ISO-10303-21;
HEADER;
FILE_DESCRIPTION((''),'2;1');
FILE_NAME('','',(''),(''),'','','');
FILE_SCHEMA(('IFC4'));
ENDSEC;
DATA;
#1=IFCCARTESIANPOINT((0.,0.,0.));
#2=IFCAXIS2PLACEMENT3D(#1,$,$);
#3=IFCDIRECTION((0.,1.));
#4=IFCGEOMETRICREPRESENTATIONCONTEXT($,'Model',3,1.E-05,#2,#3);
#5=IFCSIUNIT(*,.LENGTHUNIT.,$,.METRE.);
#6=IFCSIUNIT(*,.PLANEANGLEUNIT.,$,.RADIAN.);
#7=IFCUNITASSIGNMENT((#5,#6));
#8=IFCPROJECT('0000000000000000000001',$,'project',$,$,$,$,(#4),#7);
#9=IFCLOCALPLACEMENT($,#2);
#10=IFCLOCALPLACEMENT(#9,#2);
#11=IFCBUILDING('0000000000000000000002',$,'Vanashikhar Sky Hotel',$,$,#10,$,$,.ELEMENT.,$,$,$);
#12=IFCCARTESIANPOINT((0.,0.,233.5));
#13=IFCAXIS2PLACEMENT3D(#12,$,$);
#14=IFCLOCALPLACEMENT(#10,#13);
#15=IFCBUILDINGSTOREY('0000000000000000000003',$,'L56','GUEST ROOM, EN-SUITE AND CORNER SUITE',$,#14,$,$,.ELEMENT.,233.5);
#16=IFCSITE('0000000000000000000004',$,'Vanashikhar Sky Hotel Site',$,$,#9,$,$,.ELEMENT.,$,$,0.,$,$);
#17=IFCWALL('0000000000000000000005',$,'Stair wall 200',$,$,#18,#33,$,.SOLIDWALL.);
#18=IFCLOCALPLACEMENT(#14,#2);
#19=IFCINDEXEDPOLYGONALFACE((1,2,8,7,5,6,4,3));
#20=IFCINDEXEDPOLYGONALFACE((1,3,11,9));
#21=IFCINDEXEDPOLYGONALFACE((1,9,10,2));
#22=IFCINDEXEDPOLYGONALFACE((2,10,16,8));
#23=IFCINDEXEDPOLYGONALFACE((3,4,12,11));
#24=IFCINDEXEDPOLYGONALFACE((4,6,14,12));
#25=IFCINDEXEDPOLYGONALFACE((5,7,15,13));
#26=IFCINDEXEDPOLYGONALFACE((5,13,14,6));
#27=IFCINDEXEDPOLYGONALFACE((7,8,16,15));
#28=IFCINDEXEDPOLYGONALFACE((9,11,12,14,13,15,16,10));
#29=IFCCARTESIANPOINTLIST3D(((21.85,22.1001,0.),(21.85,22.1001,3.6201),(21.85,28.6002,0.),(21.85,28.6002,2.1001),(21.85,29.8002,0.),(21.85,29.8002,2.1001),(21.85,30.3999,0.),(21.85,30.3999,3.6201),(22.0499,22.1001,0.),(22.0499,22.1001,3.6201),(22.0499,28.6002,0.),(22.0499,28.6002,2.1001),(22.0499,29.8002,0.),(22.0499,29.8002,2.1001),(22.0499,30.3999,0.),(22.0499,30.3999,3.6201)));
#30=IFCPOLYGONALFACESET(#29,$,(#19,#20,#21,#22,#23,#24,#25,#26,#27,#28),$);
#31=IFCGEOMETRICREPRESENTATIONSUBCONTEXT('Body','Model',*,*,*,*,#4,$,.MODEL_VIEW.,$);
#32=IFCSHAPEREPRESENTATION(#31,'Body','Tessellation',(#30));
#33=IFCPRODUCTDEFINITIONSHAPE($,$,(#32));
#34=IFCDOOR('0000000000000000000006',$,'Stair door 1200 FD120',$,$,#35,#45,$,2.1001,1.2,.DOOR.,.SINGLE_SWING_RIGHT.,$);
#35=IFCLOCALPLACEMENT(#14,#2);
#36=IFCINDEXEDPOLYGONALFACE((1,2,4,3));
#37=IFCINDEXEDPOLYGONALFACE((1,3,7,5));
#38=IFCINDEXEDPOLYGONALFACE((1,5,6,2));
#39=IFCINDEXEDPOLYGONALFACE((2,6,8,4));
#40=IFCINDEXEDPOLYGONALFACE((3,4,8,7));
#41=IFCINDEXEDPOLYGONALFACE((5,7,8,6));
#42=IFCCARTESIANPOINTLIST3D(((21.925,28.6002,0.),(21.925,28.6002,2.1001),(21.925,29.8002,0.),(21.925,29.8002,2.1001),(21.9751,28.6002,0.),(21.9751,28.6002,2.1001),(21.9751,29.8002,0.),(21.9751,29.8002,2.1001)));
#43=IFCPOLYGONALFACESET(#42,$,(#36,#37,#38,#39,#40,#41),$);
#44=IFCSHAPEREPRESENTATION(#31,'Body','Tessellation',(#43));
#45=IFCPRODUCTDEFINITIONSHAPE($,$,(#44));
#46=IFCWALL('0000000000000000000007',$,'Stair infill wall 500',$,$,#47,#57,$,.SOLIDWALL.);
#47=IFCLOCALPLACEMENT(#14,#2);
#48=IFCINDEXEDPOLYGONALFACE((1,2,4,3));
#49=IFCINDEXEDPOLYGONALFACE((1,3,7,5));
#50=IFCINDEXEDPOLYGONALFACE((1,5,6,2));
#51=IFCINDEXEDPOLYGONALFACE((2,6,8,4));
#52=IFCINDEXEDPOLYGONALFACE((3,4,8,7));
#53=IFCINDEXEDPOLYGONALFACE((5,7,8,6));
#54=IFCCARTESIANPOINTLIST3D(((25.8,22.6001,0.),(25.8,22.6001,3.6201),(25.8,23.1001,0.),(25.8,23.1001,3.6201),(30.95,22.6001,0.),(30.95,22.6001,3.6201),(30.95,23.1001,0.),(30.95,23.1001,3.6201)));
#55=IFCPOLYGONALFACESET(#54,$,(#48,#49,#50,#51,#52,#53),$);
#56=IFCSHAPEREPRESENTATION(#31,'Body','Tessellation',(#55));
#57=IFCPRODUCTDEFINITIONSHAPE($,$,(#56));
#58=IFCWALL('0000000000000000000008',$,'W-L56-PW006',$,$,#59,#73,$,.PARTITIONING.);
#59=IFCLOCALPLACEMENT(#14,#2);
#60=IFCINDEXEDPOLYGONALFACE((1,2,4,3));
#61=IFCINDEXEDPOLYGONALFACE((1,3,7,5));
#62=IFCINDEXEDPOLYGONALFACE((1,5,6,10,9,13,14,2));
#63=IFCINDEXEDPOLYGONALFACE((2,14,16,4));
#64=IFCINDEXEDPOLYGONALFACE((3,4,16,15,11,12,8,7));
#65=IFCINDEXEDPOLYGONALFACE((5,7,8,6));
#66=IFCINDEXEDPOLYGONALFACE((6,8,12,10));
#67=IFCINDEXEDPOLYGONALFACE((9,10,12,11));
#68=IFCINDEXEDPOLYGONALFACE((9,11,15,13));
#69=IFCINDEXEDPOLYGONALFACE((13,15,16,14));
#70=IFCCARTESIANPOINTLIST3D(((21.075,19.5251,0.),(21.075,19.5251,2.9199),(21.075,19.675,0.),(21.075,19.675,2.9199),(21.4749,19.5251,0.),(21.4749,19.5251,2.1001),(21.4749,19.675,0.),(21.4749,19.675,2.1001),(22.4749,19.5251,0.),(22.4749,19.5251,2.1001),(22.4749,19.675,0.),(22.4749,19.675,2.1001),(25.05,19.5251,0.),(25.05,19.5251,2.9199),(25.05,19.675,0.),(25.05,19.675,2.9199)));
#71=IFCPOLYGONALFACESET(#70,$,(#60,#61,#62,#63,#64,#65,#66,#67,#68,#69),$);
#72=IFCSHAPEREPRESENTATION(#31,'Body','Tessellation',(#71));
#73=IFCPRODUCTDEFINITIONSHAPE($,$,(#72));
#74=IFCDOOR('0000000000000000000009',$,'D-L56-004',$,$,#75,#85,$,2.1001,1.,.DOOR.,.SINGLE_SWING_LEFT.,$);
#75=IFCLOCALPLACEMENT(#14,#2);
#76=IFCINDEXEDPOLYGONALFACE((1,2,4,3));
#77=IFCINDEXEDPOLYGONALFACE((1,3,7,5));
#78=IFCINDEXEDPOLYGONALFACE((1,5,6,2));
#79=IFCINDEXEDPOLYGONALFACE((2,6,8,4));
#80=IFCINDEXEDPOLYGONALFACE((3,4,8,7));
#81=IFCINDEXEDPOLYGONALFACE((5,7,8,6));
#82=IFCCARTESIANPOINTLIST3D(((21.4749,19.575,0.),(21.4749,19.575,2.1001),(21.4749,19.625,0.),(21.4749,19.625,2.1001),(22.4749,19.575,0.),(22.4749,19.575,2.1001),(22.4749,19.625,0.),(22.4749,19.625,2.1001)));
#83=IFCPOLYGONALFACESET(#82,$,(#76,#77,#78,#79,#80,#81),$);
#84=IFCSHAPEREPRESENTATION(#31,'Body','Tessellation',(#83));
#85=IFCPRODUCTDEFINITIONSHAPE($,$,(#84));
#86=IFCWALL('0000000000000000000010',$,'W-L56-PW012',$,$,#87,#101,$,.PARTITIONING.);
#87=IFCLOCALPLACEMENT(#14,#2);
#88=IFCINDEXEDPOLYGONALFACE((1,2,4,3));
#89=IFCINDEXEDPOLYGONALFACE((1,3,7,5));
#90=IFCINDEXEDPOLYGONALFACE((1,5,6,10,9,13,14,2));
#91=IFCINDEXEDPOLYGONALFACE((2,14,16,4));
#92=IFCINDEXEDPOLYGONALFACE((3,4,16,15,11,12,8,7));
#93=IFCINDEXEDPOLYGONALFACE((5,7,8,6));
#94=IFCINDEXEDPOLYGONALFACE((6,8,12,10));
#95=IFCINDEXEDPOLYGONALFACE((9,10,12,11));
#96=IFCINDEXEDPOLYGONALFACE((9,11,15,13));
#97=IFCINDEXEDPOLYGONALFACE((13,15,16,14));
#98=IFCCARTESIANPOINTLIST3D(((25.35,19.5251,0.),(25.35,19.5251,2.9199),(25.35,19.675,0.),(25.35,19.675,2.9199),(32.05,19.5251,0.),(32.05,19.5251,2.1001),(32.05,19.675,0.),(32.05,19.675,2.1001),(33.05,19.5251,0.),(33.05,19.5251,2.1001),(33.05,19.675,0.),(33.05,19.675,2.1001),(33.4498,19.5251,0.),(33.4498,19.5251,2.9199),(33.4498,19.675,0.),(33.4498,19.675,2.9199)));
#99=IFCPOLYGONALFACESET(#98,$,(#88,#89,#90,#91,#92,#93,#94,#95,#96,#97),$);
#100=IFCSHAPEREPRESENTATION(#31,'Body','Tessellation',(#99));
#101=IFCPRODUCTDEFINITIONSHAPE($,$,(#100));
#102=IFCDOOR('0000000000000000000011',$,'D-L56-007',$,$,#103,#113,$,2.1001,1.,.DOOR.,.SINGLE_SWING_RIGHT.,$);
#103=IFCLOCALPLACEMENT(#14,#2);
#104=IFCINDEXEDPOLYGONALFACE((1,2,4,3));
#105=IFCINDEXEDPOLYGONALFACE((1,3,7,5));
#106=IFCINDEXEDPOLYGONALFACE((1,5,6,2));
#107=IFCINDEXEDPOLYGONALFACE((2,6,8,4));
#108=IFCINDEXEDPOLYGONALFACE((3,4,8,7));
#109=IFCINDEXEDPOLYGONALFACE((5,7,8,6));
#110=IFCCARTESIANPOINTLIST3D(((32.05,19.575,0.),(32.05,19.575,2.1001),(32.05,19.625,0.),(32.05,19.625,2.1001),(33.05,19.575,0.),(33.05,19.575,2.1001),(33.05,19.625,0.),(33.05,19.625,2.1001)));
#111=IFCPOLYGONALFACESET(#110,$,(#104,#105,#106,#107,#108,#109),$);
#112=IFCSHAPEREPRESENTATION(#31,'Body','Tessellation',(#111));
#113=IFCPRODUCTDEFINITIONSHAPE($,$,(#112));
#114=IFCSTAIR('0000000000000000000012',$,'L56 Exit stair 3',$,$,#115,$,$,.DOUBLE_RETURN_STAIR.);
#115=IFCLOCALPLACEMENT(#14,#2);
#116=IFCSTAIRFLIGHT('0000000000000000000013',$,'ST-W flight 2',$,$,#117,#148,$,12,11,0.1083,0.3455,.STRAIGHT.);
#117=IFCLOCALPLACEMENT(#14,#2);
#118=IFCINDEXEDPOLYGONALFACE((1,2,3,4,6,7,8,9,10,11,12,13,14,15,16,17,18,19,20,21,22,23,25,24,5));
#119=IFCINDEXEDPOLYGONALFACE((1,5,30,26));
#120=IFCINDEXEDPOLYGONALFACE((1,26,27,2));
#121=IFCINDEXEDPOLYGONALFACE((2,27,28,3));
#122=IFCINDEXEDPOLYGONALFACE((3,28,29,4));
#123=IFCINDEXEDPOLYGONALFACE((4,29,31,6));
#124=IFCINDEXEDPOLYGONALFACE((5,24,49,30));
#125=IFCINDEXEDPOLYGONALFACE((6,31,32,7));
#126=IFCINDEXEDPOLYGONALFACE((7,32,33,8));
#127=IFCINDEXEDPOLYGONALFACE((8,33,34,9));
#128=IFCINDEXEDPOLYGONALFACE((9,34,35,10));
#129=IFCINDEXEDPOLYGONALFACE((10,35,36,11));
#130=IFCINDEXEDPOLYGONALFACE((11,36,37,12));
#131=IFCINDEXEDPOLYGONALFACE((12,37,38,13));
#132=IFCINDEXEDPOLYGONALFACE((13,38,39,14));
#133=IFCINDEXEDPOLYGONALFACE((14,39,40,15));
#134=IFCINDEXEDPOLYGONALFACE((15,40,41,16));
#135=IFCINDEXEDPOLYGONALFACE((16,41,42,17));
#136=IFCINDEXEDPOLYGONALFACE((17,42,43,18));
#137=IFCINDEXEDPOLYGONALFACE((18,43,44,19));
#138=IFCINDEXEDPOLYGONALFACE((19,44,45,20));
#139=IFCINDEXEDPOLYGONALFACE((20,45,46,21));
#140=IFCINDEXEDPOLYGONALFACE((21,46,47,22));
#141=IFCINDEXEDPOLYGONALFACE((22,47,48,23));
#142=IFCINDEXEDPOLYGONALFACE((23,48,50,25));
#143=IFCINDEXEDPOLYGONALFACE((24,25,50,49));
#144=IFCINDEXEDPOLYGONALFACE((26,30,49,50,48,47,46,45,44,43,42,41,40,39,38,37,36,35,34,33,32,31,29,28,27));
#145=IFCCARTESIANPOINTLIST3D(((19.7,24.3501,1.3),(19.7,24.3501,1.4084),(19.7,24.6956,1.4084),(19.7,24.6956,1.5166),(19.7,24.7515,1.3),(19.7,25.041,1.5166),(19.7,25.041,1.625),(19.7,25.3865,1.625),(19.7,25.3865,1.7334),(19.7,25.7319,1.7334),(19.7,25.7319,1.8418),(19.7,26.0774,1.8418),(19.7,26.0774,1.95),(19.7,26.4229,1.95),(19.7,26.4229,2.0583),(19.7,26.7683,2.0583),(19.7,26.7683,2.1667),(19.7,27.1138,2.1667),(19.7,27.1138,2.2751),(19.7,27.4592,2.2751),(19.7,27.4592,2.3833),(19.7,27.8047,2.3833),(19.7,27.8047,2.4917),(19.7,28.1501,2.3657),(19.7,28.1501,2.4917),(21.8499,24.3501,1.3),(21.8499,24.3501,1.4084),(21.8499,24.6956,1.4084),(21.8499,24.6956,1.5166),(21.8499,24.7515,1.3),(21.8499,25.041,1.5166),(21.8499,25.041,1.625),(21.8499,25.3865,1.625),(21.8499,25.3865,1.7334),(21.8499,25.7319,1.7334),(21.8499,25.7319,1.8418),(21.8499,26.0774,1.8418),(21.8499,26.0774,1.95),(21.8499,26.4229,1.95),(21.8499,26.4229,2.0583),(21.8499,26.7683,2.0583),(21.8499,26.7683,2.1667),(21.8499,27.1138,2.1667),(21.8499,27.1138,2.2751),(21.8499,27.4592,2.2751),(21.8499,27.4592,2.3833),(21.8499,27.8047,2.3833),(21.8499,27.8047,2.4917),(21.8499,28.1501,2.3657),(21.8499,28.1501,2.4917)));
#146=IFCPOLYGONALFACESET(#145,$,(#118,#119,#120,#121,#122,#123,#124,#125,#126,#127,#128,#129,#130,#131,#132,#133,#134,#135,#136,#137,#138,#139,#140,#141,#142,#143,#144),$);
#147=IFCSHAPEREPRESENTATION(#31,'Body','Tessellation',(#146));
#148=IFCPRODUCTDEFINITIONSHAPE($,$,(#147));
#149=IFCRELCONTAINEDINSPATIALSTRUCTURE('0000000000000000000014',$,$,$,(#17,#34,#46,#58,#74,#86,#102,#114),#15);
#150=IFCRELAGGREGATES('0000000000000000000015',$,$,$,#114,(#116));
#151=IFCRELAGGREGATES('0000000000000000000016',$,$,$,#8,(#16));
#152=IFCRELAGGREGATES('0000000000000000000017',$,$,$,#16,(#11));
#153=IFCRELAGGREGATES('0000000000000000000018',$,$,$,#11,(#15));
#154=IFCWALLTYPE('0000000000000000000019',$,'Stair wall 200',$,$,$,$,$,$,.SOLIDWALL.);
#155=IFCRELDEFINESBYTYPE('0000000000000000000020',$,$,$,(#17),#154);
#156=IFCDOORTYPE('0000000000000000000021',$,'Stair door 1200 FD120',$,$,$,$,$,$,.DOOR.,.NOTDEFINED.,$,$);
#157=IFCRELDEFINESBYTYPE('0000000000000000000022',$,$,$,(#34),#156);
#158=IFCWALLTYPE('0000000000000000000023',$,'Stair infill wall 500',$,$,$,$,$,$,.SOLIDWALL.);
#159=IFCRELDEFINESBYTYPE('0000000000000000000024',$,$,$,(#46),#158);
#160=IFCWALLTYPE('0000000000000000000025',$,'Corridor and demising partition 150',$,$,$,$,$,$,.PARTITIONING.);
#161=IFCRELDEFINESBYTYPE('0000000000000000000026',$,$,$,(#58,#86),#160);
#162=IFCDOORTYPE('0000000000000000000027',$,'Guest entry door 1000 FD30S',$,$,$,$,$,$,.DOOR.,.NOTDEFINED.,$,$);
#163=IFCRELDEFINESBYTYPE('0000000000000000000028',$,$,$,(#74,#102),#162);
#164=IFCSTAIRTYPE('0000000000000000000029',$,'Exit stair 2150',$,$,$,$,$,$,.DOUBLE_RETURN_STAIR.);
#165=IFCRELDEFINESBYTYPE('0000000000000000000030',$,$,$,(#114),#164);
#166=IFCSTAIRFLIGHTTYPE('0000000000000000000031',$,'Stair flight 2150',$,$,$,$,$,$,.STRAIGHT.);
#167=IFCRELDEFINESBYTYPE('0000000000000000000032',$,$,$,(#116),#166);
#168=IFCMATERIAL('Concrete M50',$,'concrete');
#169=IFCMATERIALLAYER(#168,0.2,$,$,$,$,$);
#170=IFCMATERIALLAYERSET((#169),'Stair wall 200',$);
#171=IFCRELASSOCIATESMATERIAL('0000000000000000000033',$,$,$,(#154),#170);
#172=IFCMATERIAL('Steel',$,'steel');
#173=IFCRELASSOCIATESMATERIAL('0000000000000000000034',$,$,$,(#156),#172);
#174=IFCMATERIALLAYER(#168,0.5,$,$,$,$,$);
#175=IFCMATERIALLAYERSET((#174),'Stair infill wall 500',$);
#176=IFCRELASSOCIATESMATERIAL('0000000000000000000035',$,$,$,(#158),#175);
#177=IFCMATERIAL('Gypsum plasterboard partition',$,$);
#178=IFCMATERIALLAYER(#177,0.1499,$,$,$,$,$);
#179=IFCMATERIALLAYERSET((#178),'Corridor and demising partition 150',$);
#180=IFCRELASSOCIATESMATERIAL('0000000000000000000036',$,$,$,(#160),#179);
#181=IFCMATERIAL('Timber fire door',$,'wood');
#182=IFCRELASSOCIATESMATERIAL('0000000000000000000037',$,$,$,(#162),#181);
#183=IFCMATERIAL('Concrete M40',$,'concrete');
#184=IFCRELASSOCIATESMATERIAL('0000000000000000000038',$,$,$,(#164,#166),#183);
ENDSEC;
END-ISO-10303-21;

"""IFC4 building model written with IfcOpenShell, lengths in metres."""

from ifc_helpers import new_model, si_unit, direction, frame, frame_2d, origin, place, context, subcontext, project, spatial, polyline, rectangle, outline, extrude, source, transform, mapped, material, layer, layer_set, type_object, element, fill, aggregate, save


model = new_model("IFC4")

# Units and contexts
model_context = context("Model", 3, precision=1e-05, world=origin(), true_north=direction((0.0, 1.0)))
body_context = subcontext(model_context, "Body", "Model", "MODEL_VIEW")
ifc_project = project(units=[si_unit("LENGTHUNIT", "METRE"), si_unit("PLANEANGLEUNIT", "RADIAN")], contexts=[model_context])

# Site, building, storey
site_placement = place(None, origin())
site = spatial("IfcSite", under=ifc_project, at=site_placement, Name="Vanashikhar Sky Hotel Site", CompositionType="ELEMENT", RefElevation=0.0)
building_placement = place(site_placement, origin())
building = spatial("IfcBuilding", under=site, at=building_placement, Name="Vanashikhar Sky Hotel", CompositionType="ELEMENT")
storey_placement = place(building_placement, frame((0.0, 0.0, 233.5)))
storey = spatial("IfcBuildingStorey", under=building, at=storey_placement, Name="L56", Description="GUEST ROOM, EN-SUITE AND CORNER SUITE", CompositionType="ELEMENT", Elevation=233.5)

# Shared definitions
ifc_material_1 = material(Name="Steel", Category="steel")

# Wall, opening, door
ifc_material_2 = material(Name="Concrete M50", Category="concrete")
ifc_layer_1 = layer(ifc_material_2, 0.2)
ifc_layer_set_1 = layer_set([ifc_layer_1], Name="Stair wall 200")
wall_type_1 = type_object("IfcWallType", Name="Stair wall 200", PredefinedType="SOLIDWALL", material=ifc_layer_set_1)
shared_shape_1 = source(origin(), body_context, "Body", "SweptSolid", [
    extrude(rectangle(XDim=8.2998, YDim=0.2, at=frame_2d((4.1499, 0.0))), origin(), (0.0, 0.0, 1.0), 3.6201),
])
wall_1_placement = place(storey_placement, frame((21.95, 22.1001, 0.0), z_axis=(0.0, 0.0, 1.0), x_axis=(0.0, 1.0, 0.0)))
wall_1 = element("IfcWall", 1, at=wall_1_placement, inside=storey, type_object=wall_type_1, Name="Stair wall 200", PredefinedType="SOLIDWALL", context=body_context, shape_type="MappedRepresentation", body=[
    mapped(shared_shape_1, transform((0.0, 0.0, 0.0), scale=1.0)),
])
shared_shape_2 = source(origin(), body_context, "Body", "SweptSolid", [
    extrude(rectangle(XDim=1.2, YDim=2.1001, at=frame_2d((0.6001, 1.05))), frame((0.0, 0.1099, 0.0), z_axis=(0.0, -1.0, 0.0), x_axis=(1.0, 0.0, 0.0)), (0.0, 0.0, 1.0), 0.22),
])
opening_1_placement = place(wall_1_placement, frame((6.5, 0.0, 0.0)))
opening_1 = element("IfcOpeningElement", 2, at=opening_1_placement, cuts=wall_1, PredefinedType="OPENING", context=body_context, shape_type="MappedRepresentation", body=[
    mapped(shared_shape_2, transform((0.0, 0.0, 0.0), scale=1.0)),
])
door_type_1 = type_object("IfcDoorType", Name="Stair door 1200 FD120", OperationType="NOTDEFINED", PredefinedType="DOOR", material=ifc_material_1)
shared_shape_3 = source(origin(), body_context, "Body", "SweptSolid", [
    extrude(rectangle(XDim=1.2, YDim=2.1001, at=frame_2d((0.6001, 1.05))), frame((0.0, 0.0249, 0.0), z_axis=(0.0, -1.0, 0.0), x_axis=(1.0, 0.0, 0.0)), (0.0, 0.0, 1.0), 0.05),
])
door_1_placement = place(opening_1_placement, origin())
door_1 = element("IfcDoor", 3, at=door_1_placement, inside=storey, type_object=door_type_1, Name="Stair door 1200 FD120", OperationType="SINGLE_SWING_RIGHT", OverallHeight=2.1001, OverallWidth=1.2, PredefinedType="DOOR", context=body_context, shape_type="MappedRepresentation", body=[
    mapped(shared_shape_3, transform((0.0, 0.0, 0.0), scale=1.0)),
])
fill(opening_1, door_1)

# Wall
ifc_layer_2 = layer(ifc_material_2, 0.5)
ifc_layer_set_2 = layer_set([ifc_layer_2], Name="Stair infill wall 500")
wall_type_2 = type_object("IfcWallType", Name="Stair infill wall 500", PredefinedType="SOLIDWALL", material=ifc_layer_set_2)
shared_shape_4 = source(origin(), body_context, "Body", "SweptSolid", [
    extrude(rectangle(XDim=5.1499, YDim=0.5, at=frame_2d((2.575, 0.0))), origin(), (0.0, 0.0, 1.0), 3.6201),
])
wall_2_placement = place(storey_placement, frame((25.8, 22.8501, 0.0), z_axis=(0.0, 0.0, 1.0), x_axis=(1.0, 0.0, 0.0)))
element("IfcWall", 4, at=wall_2_placement, inside=storey, type_object=wall_type_2, Name="Stair infill wall 500", PredefinedType="SOLIDWALL", context=body_context, shape_type="MappedRepresentation", body=[
    mapped(shared_shape_4, transform((0.0, 0.0, 0.0), scale=1.0)),
])

# Walls, openings, doors
ifc_material_3 = material(Name="Gypsum plasterboard partition")
ifc_layer_3 = layer(ifc_material_3, 0.1499)
ifc_layer_set_3 = layer_set([ifc_layer_3], Name="Corridor and demising partition 150")
wall_type_3 = type_object("IfcWallType", Name="Corridor and demising partition 150", PredefinedType="PARTITIONING", material=ifc_layer_set_3)
shared_shape_5 = source(origin(), body_context, "Body", "SweptSolid", [
    extrude(rectangle(XDim=3.9751, YDim=0.1499, at=frame_2d((1.9875, 0.0))), origin(), (0.0, 0.0, 1.0), 2.9199),
])
wall_3_placement = place(storey_placement, frame((21.075, 19.6001, 0.0), z_axis=(0.0, 0.0, 1.0), x_axis=(1.0, 0.0, 0.0)))
wall_3 = element("IfcWall", 5, at=wall_3_placement, inside=storey, type_object=wall_type_3, Name="W-L56-PW006", PredefinedType="PARTITIONING", context=body_context, shape_type="MappedRepresentation", body=[
    mapped(shared_shape_5, transform((0.0, 0.0, 0.0), scale=1.0)),
])
shared_shape_6 = source(origin(), body_context, "Body", "SweptSolid", [
    extrude(rectangle(XDim=1.0, YDim=2.1001, at=frame_2d((0.5, 1.05))), frame((0.0, 0.085, 0.0), z_axis=(0.0, -1.0, 0.0), x_axis=(1.0, 0.0, 0.0)), (0.0, 0.0, 1.0), 0.1699),
])
opening_2_placement = place(wall_3_placement, frame((0.3999, 0.0, 0.0)))
opening_2 = element("IfcOpeningElement", 6, at=opening_2_placement, cuts=wall_3, PredefinedType="OPENING", context=body_context, shape_type="MappedRepresentation", body=[
    mapped(shared_shape_6, transform((0.0, 0.0, 0.0), scale=1.0)),
])
ifc_material_4 = material(Name="Timber fire door", Category="wood")
door_type_2 = type_object("IfcDoorType", Name="Guest entry door 1000 FD30S", OperationType="NOTDEFINED", PredefinedType="DOOR", material=ifc_material_4)
shared_shape_7 = source(origin(), body_context, "Body", "SweptSolid", [
    extrude(rectangle(XDim=1.0, YDim=2.1001, at=frame_2d((0.5, 1.05))), frame((0.0, 0.0249, 0.0), z_axis=(0.0, -1.0, 0.0), x_axis=(1.0, 0.0, 0.0)), (0.0, 0.0, 1.0), 0.05),
])
door_2_placement = place(opening_2_placement, origin())
door_2 = element("IfcDoor", 7, at=door_2_placement, inside=storey, type_object=door_type_2, Name="D-L56-004", OperationType="SINGLE_SWING_LEFT", OverallHeight=2.1001, OverallWidth=1.0, PredefinedType="DOOR", context=body_context, shape_type="MappedRepresentation", body=[
    mapped(shared_shape_7, transform((0.0, 0.0, 0.0), scale=1.0)),
])
fill(opening_2, door_2)
shared_shape_8 = source(origin(), body_context, "Body", "SweptSolid", [
    extrude(rectangle(XDim=8.0999, YDim=0.1499, at=frame_2d((4.0498, 0.0))), origin(), (0.0, 0.0, 1.0), 2.9199),
])
wall_4_placement = place(storey_placement, frame((25.3501, 19.6001, 0.0), z_axis=(0.0, 0.0, 1.0), x_axis=(1.0, 0.0, 0.0)))
wall_4 = element("IfcWall", 8, at=wall_4_placement, inside=storey, type_object=wall_type_3, Name="W-L56-PW012", PredefinedType="PARTITIONING", context=body_context, shape_type="MappedRepresentation", body=[
    mapped(shared_shape_8, transform((0.0, 0.0, 0.0), scale=1.0)),
])
opening_3_placement = place(wall_4_placement, frame((6.7, 0.0, 0.0)))
opening_3 = element("IfcOpeningElement", 9, at=opening_3_placement, cuts=wall_4, PredefinedType="OPENING", context=body_context, shape_type="MappedRepresentation", body=[
    mapped(shared_shape_6, transform((0.0, 0.0, 0.0), scale=1.0)),
])
door_3_placement = place(opening_3_placement, origin())
door_3 = element("IfcDoor", 10, at=door_3_placement, inside=storey, type_object=door_type_2, Name="D-L56-007", OperationType="SINGLE_SWING_RIGHT", OverallHeight=2.1001, OverallWidth=1.0, PredefinedType="DOOR", context=body_context, shape_type="MappedRepresentation", body=[
    mapped(shared_shape_7, transform((0.0, 0.0, 0.0), scale=1.0)),
])
fill(opening_3, door_3)

# Stair, stair flight
ifc_material_5 = material(Name="Concrete M40", Category="concrete")
stair_type = type_object("IfcStairType", Name="Exit stair 2150", PredefinedType="DOUBLE_RETURN_STAIR", material=ifc_material_5)
stair_placement = place(storey_placement, origin())
stair = element("IfcStair", 11, at=stair_placement, inside=storey, type_object=stair_type, Name="L56 Exit stair 3", PredefinedType="DOUBLE_RETURN_STAIR")
stair_flight_type = type_object("IfcStairFlightType", Name="Stair flight 2150", PredefinedType="STRAIGHT", material=ifc_material_5)
shared_shape_9 = source(origin(), body_context, "Body", "SweptSolid", [
    extrude(outline(polyline([(0.0, 0.0), (0.0, 0.1084), (0.3455, 0.1084), (0.3455, 0.2166), (0.6909, 0.2166), (0.6909, 0.325), (1.0364, 0.325), (1.0364, 0.4333), (1.3818, 0.4333), (1.3818, 0.5417), (1.7273, 0.5417), (1.7273, 0.6499), (2.0728, 0.6499), (2.0728, 0.7583), (2.4182, 0.7583), (2.4182, 0.8667), (2.7637, 0.8667), (2.7637, 0.9751), (3.1091, 0.9751), (3.1091, 1.0833), (3.4546, 1.0833), (3.4546, 1.1917), (3.8, 1.1917), (3.8, 1.3), (3.8, 1.0657), (0.4014, 0.0), (0.0, 0.0)])), frame((0.0, 1.075, 0.0), z_axis=(0.0, -1.0, 0.0), x_axis=(1.0, 0.0, 0.0)), (0.0, 0.0, 1.0), 2.1499),
])
stair_flight_1_placement = place(storey_placement, frame((20.7749, 24.3501, 1.3), z_axis=(0.0, 0.0, 1.0), x_axis=(0.0, 1.0, 0.0)))
stair_flight_1 = element("IfcStairFlight", 12, at=stair_flight_1_placement, type_object=stair_flight_type, Name="ST-W flight 2", NumberOfRisers=12, NumberOfTreads=11, PredefinedType="STRAIGHT", RiserHeight=0.1083, TreadLength=0.3455, context=body_context, shape_type="MappedRepresentation", body=[
    mapped(shared_shape_9, transform((0.0, 0.0, 0.0), scale=1.0)),
])
aggregate(stair, [stair_flight_1])

save(model, "model.ifc")
